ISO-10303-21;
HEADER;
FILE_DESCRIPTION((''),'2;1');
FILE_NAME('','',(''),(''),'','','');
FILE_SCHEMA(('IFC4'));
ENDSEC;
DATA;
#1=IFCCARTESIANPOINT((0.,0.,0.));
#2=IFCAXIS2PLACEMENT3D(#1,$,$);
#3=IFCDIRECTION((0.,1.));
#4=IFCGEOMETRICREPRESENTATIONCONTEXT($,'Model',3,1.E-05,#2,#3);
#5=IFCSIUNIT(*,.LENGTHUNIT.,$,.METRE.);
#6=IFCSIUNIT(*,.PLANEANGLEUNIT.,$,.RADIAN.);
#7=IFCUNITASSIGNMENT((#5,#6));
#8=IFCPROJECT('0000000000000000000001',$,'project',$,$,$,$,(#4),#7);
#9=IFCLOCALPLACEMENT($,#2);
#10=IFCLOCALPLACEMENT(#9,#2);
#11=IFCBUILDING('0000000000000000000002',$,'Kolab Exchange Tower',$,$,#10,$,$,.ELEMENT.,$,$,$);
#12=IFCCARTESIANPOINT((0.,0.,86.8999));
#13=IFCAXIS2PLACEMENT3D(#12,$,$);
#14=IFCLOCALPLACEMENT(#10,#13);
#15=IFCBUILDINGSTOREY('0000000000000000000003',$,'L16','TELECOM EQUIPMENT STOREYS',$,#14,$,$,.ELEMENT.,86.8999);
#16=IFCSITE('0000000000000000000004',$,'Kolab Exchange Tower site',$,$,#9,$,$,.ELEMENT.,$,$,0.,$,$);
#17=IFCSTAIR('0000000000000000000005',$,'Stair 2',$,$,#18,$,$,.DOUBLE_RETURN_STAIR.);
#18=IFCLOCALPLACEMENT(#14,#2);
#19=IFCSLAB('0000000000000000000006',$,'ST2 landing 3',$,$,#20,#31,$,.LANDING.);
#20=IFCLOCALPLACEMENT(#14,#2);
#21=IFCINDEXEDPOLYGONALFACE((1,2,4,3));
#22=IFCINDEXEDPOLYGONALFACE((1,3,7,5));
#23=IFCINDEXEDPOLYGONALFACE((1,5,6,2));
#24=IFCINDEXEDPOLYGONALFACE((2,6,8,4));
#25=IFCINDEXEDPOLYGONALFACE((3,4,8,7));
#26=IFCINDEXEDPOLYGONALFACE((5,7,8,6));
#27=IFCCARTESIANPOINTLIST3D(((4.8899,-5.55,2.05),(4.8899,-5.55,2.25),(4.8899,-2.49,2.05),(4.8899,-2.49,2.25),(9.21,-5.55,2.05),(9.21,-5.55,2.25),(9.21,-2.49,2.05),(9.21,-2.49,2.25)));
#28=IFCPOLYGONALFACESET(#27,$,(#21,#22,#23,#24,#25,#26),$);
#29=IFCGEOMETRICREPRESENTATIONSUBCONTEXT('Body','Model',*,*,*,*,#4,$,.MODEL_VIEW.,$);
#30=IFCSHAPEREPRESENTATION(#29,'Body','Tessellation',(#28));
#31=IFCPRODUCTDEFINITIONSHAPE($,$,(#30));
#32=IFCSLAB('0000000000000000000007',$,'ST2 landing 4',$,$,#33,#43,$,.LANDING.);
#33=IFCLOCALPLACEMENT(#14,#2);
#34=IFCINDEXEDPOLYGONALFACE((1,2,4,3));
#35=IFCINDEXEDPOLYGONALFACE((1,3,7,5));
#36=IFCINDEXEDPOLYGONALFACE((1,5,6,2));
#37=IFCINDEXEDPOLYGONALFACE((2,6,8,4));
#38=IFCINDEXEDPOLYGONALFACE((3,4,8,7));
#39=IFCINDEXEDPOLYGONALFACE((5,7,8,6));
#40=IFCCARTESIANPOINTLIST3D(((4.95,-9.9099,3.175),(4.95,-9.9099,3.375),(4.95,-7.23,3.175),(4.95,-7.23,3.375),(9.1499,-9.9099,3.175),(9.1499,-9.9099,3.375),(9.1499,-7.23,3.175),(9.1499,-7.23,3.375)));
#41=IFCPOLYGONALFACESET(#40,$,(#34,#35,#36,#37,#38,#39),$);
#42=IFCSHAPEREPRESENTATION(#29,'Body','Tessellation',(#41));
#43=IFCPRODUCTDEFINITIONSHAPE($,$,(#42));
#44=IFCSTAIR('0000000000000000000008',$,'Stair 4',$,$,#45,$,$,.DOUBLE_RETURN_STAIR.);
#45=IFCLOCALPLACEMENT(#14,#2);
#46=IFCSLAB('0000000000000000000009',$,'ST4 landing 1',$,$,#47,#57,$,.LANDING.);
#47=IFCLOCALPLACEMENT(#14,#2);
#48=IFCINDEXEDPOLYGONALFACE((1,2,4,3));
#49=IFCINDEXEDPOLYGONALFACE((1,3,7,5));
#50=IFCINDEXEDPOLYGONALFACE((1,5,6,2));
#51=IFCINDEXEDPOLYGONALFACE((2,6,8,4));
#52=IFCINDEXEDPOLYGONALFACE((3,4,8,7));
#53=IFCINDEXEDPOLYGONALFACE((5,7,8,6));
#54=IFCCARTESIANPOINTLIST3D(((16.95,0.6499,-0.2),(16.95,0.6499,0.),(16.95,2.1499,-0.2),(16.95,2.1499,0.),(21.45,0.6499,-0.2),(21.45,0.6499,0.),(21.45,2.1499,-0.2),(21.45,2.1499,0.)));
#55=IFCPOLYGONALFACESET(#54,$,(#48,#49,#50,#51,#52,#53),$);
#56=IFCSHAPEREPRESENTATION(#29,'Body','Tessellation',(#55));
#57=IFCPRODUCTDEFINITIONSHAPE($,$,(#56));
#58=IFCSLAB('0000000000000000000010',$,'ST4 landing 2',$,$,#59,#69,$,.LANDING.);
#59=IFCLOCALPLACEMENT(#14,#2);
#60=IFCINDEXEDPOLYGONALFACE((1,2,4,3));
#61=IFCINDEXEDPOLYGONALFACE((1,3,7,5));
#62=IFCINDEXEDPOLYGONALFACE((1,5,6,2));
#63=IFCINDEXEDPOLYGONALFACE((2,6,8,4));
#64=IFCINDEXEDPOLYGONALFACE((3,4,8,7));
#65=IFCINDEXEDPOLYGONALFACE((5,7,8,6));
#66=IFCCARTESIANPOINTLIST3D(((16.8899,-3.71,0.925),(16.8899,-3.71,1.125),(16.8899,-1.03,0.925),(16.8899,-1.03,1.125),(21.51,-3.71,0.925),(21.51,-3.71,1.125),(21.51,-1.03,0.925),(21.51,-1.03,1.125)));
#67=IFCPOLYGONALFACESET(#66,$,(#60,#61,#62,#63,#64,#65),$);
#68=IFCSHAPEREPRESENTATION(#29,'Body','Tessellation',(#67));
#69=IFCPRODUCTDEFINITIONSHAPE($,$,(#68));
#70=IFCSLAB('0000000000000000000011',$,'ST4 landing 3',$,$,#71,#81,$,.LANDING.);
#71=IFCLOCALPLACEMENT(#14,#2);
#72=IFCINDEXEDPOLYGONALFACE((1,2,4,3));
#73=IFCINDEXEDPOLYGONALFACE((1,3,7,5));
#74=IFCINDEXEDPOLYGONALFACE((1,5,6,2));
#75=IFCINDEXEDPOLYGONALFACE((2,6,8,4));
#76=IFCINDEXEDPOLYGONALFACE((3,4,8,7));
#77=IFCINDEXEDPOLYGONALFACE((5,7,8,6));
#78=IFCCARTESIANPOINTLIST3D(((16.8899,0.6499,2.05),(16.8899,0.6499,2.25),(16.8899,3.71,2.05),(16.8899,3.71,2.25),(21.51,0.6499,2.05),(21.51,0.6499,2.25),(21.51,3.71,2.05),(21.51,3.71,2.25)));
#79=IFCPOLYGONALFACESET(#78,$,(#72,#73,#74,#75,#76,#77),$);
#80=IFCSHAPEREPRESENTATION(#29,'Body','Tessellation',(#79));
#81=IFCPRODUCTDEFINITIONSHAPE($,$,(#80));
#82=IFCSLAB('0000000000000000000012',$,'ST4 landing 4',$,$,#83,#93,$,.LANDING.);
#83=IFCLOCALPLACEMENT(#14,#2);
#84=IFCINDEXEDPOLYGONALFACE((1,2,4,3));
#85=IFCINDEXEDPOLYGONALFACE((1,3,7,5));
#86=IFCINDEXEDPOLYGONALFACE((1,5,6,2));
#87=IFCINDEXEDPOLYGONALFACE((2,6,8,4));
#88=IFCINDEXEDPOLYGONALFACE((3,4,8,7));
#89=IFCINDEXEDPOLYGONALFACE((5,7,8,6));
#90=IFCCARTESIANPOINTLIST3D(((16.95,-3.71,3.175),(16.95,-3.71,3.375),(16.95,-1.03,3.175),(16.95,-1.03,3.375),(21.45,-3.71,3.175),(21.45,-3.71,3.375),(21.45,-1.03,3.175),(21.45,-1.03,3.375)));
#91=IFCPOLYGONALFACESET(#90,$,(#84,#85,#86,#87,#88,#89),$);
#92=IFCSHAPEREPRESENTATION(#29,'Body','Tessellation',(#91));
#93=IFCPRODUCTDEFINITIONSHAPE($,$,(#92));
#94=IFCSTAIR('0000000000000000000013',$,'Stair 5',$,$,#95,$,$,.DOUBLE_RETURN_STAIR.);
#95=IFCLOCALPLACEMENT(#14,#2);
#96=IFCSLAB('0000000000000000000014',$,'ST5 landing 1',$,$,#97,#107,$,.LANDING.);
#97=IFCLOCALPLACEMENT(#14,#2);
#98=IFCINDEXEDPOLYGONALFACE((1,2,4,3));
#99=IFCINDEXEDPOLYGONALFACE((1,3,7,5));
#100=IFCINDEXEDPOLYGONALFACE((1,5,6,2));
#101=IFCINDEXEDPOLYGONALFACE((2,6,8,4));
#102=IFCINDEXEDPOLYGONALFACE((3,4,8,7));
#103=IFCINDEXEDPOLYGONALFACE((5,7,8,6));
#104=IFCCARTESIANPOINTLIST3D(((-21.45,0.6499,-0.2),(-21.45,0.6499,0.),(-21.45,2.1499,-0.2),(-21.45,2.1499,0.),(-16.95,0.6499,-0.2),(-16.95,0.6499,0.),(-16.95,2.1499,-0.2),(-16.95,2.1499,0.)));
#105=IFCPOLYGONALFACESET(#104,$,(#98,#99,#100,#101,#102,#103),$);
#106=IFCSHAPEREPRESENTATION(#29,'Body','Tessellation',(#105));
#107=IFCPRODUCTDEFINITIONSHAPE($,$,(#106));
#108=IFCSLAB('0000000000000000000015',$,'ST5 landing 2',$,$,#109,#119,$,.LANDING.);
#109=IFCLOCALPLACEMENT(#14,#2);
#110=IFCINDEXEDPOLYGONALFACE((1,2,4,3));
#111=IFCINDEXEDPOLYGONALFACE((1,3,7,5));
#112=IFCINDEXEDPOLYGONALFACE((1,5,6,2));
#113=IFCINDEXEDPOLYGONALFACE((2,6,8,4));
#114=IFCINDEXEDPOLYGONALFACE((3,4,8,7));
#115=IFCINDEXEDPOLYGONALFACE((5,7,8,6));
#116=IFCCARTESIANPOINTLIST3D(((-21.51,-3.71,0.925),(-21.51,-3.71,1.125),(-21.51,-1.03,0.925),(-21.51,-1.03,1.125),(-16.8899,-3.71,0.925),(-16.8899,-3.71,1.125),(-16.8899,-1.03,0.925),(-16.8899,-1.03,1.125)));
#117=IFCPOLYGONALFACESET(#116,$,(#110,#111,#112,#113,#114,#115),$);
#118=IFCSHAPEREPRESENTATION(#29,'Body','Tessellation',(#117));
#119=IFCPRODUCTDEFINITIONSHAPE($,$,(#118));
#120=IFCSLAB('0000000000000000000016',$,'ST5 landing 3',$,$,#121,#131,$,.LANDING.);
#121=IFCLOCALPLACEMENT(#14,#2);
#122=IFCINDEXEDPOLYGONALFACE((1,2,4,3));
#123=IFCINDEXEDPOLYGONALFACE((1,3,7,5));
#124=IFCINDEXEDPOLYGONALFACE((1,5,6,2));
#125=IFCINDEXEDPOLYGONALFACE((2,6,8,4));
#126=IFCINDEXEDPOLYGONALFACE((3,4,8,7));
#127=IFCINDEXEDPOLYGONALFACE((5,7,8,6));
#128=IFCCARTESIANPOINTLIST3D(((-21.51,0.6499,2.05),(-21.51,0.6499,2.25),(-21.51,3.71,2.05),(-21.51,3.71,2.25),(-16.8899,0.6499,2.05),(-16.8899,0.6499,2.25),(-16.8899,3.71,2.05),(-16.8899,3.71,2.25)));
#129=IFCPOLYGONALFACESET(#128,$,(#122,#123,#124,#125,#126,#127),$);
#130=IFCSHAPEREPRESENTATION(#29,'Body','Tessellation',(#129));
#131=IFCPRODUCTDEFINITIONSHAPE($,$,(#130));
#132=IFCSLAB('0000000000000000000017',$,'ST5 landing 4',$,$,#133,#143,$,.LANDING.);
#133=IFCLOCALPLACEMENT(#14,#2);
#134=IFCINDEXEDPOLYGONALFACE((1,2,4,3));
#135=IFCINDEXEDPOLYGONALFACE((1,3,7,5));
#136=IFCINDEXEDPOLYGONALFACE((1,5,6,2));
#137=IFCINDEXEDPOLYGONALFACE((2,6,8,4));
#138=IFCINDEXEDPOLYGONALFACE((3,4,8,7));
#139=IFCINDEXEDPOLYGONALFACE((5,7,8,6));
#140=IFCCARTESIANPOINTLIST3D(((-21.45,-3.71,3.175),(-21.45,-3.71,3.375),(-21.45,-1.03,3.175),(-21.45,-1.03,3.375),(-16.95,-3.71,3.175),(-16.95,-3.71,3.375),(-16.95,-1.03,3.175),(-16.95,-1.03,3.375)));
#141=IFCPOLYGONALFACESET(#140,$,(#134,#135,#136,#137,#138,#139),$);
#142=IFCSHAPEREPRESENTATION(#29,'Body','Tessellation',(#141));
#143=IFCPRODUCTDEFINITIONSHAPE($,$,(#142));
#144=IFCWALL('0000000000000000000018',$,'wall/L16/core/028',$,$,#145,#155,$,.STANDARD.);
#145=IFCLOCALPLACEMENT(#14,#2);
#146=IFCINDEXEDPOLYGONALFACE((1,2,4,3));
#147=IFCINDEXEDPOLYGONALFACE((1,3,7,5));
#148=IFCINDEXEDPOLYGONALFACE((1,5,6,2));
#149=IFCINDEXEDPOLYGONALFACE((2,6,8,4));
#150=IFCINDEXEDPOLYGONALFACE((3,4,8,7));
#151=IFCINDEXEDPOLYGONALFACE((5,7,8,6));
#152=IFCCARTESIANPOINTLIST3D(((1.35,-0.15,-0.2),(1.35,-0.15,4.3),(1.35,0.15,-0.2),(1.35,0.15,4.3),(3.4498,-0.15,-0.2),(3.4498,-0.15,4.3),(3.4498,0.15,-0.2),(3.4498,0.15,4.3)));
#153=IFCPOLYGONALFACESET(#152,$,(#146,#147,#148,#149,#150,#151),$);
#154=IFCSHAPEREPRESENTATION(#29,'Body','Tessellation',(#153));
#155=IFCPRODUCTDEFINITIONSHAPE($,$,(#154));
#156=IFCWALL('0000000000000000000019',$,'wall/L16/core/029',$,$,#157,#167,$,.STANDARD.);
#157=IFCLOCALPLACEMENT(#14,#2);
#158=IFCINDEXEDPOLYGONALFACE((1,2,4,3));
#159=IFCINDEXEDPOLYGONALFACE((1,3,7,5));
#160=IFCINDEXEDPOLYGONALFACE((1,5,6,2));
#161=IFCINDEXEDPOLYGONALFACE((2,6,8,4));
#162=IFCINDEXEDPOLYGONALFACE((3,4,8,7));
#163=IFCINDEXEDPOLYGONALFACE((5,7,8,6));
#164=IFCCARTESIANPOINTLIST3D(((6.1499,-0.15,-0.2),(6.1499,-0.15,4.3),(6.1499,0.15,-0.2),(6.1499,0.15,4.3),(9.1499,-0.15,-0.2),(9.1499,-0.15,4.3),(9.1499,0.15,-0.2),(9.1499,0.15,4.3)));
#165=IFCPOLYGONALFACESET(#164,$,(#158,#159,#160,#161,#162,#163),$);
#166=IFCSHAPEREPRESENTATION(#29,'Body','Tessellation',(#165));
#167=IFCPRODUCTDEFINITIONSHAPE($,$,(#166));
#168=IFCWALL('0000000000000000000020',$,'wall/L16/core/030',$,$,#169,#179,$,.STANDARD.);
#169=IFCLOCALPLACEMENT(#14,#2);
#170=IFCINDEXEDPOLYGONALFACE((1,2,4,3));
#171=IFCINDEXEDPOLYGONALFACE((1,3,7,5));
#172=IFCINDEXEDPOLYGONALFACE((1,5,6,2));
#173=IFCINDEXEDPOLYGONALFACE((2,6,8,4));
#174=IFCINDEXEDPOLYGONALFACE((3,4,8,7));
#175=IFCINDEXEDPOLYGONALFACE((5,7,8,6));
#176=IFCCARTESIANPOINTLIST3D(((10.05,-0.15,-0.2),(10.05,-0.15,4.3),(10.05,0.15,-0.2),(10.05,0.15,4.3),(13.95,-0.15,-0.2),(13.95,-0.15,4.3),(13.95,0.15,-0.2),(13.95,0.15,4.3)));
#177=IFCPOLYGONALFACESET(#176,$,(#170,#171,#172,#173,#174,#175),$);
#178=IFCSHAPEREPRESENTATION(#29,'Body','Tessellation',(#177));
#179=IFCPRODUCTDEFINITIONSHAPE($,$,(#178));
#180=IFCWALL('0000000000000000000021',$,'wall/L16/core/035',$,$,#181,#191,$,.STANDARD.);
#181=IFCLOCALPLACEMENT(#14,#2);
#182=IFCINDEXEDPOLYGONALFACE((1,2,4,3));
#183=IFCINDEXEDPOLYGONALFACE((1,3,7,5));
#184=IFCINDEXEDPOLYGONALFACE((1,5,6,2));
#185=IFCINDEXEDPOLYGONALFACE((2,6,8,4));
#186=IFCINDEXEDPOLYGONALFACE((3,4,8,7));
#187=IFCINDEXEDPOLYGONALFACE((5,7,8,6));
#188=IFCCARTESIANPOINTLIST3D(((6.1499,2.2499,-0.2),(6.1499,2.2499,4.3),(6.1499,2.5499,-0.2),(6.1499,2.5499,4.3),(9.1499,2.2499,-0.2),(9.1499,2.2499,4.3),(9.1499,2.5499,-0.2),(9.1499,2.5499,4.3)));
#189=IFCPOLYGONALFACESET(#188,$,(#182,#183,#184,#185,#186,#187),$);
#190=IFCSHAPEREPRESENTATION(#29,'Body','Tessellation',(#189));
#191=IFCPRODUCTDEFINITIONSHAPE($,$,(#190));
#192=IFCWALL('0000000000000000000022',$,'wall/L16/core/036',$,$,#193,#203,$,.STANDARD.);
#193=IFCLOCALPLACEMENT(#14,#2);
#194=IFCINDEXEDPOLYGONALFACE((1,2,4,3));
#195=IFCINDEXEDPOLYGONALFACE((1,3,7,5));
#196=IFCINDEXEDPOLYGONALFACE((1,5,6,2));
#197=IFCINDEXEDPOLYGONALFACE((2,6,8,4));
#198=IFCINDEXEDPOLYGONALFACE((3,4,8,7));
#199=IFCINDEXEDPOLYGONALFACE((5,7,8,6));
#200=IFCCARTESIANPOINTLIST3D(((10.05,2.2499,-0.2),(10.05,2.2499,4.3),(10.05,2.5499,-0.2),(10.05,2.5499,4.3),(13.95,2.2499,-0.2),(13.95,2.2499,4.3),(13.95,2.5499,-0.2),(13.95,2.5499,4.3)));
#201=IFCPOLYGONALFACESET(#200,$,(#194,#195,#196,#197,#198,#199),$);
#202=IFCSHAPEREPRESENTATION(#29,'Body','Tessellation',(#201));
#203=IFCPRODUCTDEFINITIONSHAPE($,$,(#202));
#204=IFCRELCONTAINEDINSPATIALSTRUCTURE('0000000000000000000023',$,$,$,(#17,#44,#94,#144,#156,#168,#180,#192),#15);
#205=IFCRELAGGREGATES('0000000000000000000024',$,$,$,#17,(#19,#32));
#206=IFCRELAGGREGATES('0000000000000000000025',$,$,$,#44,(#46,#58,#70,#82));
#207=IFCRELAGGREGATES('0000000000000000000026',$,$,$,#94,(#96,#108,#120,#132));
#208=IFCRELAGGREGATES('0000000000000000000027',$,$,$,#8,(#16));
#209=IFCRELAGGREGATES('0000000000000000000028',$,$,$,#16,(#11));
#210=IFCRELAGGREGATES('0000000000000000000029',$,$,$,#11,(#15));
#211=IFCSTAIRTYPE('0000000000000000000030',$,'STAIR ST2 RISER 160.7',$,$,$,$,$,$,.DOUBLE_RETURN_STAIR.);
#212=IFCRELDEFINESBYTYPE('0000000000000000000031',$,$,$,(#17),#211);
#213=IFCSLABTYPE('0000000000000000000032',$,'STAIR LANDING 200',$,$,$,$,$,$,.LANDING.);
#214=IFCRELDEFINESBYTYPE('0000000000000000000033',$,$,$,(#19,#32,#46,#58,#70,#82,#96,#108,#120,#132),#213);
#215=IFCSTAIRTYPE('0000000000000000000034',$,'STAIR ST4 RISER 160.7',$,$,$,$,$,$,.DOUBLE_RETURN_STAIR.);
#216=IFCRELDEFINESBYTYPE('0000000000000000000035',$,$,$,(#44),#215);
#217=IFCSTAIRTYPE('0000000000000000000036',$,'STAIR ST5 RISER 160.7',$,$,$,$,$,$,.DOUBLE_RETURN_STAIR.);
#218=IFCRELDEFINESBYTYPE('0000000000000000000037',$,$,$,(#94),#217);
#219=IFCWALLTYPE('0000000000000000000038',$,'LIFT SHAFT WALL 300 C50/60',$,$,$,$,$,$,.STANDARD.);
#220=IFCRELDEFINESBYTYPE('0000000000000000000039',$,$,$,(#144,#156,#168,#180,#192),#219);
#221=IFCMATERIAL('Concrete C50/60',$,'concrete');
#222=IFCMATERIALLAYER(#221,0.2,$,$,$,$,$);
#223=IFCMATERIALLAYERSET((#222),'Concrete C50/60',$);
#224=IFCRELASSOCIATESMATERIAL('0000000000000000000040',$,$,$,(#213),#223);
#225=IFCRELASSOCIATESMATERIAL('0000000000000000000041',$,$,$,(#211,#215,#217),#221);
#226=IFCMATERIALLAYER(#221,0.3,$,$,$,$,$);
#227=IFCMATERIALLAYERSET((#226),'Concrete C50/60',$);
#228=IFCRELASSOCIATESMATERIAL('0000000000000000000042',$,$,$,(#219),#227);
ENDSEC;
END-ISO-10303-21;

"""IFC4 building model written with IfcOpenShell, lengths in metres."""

from ifc_helpers import new_model, si_unit, direction, frame, frame_2d, origin, place, context, subcontext, project, spatial, polyline, rectangle, outline, extrude, material, layer, layer_set, type_object, element, aggregate, save


model = new_model("IFC4")

# Units and contexts
model_context = context("Model", 3, precision=1e-05, world=origin(), true_north=direction((0.0, 1.0)))
body_context = subcontext(model_context, "Body", "Model", "MODEL_VIEW")
ifc_project = project(units=[si_unit("LENGTHUNIT", "METRE"), si_unit("PLANEANGLEUNIT", "RADIAN")], contexts=[model_context])

# Site, building, storey
site_placement = place(None, origin())
site = spatial("IfcSite", under=ifc_project, at=site_placement, Name="Kolab Exchange Tower site", CompositionType="ELEMENT", RefElevation=0.0)
building_placement = place(site_placement, origin())
building = spatial("IfcBuilding", under=site, at=building_placement, Name="Kolab Exchange Tower", CompositionType="ELEMENT")
storey_placement = place(building_placement, frame((0.0, 0.0, 86.8999)))
storey = spatial("IfcBuildingStorey", under=building, at=storey_placement, Name="L16", Description="TELECOM EQUIPMENT STOREYS", CompositionType="ELEMENT", Elevation=86.8999)

# Stairs, slabs
ifc_material_1 = material(Name="Concrete C50/60", Category="concrete")
ifc_layer_1 = layer(ifc_material_1, 0.2)
ifc_layer_set_1 = layer_set([ifc_layer_1], Name="Concrete C50/60")
slab_type_1 = type_object("IfcSlabType", Name="STAIR LANDING 200", PredefinedType="LANDING", material=ifc_layer_set_1)
stair_type_1 = type_object("IfcStairType", Name="STAIR ST2 RISER 160.7", PredefinedType="DOUBLE_RETURN_STAIR", material=ifc_material_1)
stair_1_placement = place(storey_placement, origin())
stair_1 = element("IfcStair", 1, at=stair_1_placement, inside=storey, type_object=stair_type_1, Name="Stair 2", PredefinedType="DOUBLE_RETURN_STAIR")
slab_1_placement = place(storey_placement, frame((0.0, 0.0, 2.05)))
slab_1 = element("IfcSlab", 2, at=slab_1_placement, type_object=slab_type_1, Name="ST2 landing 3", PredefinedType="LANDING", context=body_context, shape_type="SweptSolid", body=[
    extrude(outline(polyline([(4.8899, -5.55), (9.21, -5.55), (9.21, -2.49), (4.8899, -2.49), (4.8899, -5.55)])), origin(), (0.0, 0.0, 1.0), 0.2),
])
slab_2_placement = place(storey_placement, frame((0.0, 0.0, 3.175)))
slab_2 = element("IfcSlab", 3, at=slab_2_placement, type_object=slab_type_1, Name="ST2 landing 4", PredefinedType="LANDING", context=body_context, shape_type="SweptSolid", body=[
    extrude(outline(polyline([(4.95, -9.9099), (9.1499, -9.9099), (9.1499, -7.23), (4.95, -7.23), (4.95, -9.9099)])), origin(), (0.0, 0.0, 1.0), 0.2),
])
aggregate(stair_1, [slab_1, slab_2])
stair_type_2 = type_object("IfcStairType", Name="STAIR ST4 RISER 160.7", PredefinedType="DOUBLE_RETURN_STAIR", material=ifc_material_1)
stair_2_placement = place(storey_placement, origin())
stair_2 = element("IfcStair", 4, at=stair_2_placement, inside=storey, type_object=stair_type_2, Name="Stair 4", PredefinedType="DOUBLE_RETURN_STAIR")
slab_3_placement = place(storey_placement, frame((0.0, 0.0, -0.2)))
slab_3 = element("IfcSlab", 5, at=slab_3_placement, type_object=slab_type_1, Name="ST4 landing 1", PredefinedType="LANDING", context=body_context, shape_type="SweptSolid", body=[
    extrude(outline(polyline([(16.95, 0.6499), (21.45, 0.6499), (21.45, 2.1499), (16.95, 2.1499), (16.95, 0.6499)])), origin(), (0.0, 0.0, 1.0), 0.2),
])
slab_4_placement = place(storey_placement, frame((0.0, 0.0, 0.925)))
slab_4 = element("IfcSlab", 6, at=slab_4_placement, type_object=slab_type_1, Name="ST4 landing 2", PredefinedType="LANDING", context=body_context, shape_type="SweptSolid", body=[
    extrude(outline(polyline([(16.8899, -3.71), (21.51, -3.71), (21.51, -1.03), (16.8899, -1.03), (16.8899, -3.71)])), origin(), (0.0, 0.0, 1.0), 0.2),
])
slab_5_placement = place(storey_placement, frame((0.0, 0.0, 2.05)))
slab_5 = element("IfcSlab", 7, at=slab_5_placement, type_object=slab_type_1, Name="ST4 landing 3", PredefinedType="LANDING", context=body_context, shape_type="SweptSolid", body=[
    extrude(outline(polyline([(16.8899, 0.6499), (21.51, 0.6499), (21.51, 3.71), (16.8899, 3.71), (16.8899, 0.6499)])), origin(), (0.0, 0.0, 1.0), 0.2),
])
slab_6_placement = place(storey_placement, frame((0.0, 0.0, 3.175)))
slab_6 = element("IfcSlab", 8, at=slab_6_placement, type_object=slab_type_1, Name="ST4 landing 4", PredefinedType="LANDING", context=body_context, shape_type="SweptSolid", body=[
    extrude(outline(polyline([(16.95, -3.71), (21.45, -3.71), (21.45, -1.03), (16.95, -1.03), (16.95, -3.71)])), origin(), (0.0, 0.0, 1.0), 0.2),
])
aggregate(stair_2, [slab_3, slab_4, slab_5, slab_6])
stair_type_3 = type_object("IfcStairType", Name="STAIR ST5 RISER 160.7", PredefinedType="DOUBLE_RETURN_STAIR", material=ifc_material_1)
stair_3_placement = place(storey_placement, origin())
stair_3 = element("IfcStair", 9, at=stair_3_placement, inside=storey, type_object=stair_type_3, Name="Stair 5", PredefinedType="DOUBLE_RETURN_STAIR")
slab_7_placement = place(storey_placement, frame((0.0, 0.0, -0.2)))
slab_7 = element("IfcSlab", 10, at=slab_7_placement, type_object=slab_type_1, Name="ST5 landing 1", PredefinedType="LANDING", context=body_context, shape_type="SweptSolid", body=[
    extrude(outline(polyline([(-21.45, 0.6499), (-16.95, 0.6499), (-16.95, 2.1499), (-21.45, 2.1499), (-21.45, 0.6499)])), origin(), (0.0, 0.0, 1.0), 0.2),
])
slab_8_placement = place(storey_placement, frame((0.0, 0.0, 0.925)))
slab_8 = element("IfcSlab", 11, at=slab_8_placement, type_object=slab_type_1, Name="ST5 landing 2", PredefinedType="LANDING", context=body_context, shape_type="SweptSolid", body=[
    extrude(outline(polyline([(-21.51, -3.71), (-16.8899, -3.71), (-16.8899, -1.03), (-21.51, -1.03), (-21.51, -3.71)])), origin(), (0.0, 0.0, 1.0), 0.2),
])
slab_9_placement = place(storey_placement, frame((0.0, 0.0, 2.05)))
slab_9 = element("IfcSlab", 12, at=slab_9_placement, type_object=slab_type_1, Name="ST5 landing 3", PredefinedType="LANDING", context=body_context, shape_type="SweptSolid", body=[
    extrude(outline(polyline([(-21.51, 0.6499), (-16.8899, 0.6499), (-16.8899, 3.71), (-21.51, 3.71), (-21.51, 0.6499)])), origin(), (0.0, 0.0, 1.0), 0.2),
])
slab_10_placement = place(storey_placement, frame((0.0, 0.0, 3.175)))
slab_10 = element("IfcSlab", 13, at=slab_10_placement, type_object=slab_type_1, Name="ST5 landing 4", PredefinedType="LANDING", context=body_context, shape_type="SweptSolid", body=[
    extrude(outline(polyline([(-21.45, -3.71), (-16.95, -3.71), (-16.95, -1.03), (-21.45, -1.03), (-21.45, -3.71)])), origin(), (0.0, 0.0, 1.0), 0.2),
])
aggregate(stair_3, [slab_7, slab_8, slab_9, slab_10])

# Walls
ifc_layer_2 = layer(ifc_material_1, 0.3)
ifc_layer_set_2 = layer_set([ifc_layer_2], Name="Concrete C50/60")
wall_type = type_object("IfcWallType", Name="LIFT SHAFT WALL 300 C50/60", PredefinedType="STANDARD", material=ifc_layer_set_2)
wall_1_placement = place(storey_placement, frame((1.3501, 0.0, -0.2), z_axis=(0.0, 0.0, 1.0), x_axis=(1.0, 0.0, 0.0)))
element("IfcWall", 14, at=wall_1_placement, inside=storey, type_object=wall_type, Name="wall/L16/core/028", PredefinedType="STANDARD", context=body_context, shape_type="SweptSolid", body=[
    extrude(rectangle(XDim=2.0999, YDim=0.3, at=frame_2d((1.0498, 0.0))), origin(), (0.0, 0.0, 1.0), 4.5),
])
wall_2_placement = place(storey_placement, frame((6.1499, 0.0, -0.2), z_axis=(0.0, 0.0, 1.0), x_axis=(1.0, 0.0, 0.0)))
element("IfcWall", 15, at=wall_2_placement, inside=storey, type_object=wall_type, Name="wall/L16/core/029", PredefinedType="STANDARD", context=body_context, shape_type="SweptSolid", body=[
    extrude(rectangle(XDim=3.0, YDim=0.3, at=frame_2d((1.5, 0.0))), origin(), (0.0, 0.0, 1.0), 4.5),
])
wall_3_placement = place(storey_placement, frame((10.05, 0.0, -0.2), z_axis=(0.0, 0.0, 1.0), x_axis=(1.0, 0.0, 0.0)))
element("IfcWall", 16, at=wall_3_placement, inside=storey, type_object=wall_type, Name="wall/L16/core/030", PredefinedType="STANDARD", context=body_context, shape_type="SweptSolid", body=[
    extrude(rectangle(XDim=3.8999, YDim=0.3, at=frame_2d((1.95, 0.0))), origin(), (0.0, 0.0, 1.0), 4.5),
])
wall_4_placement = place(storey_placement, frame((6.1499, 2.3999, -0.2), z_axis=(0.0, 0.0, 1.0), x_axis=(1.0, 0.0, 0.0)))
element("IfcWall", 17, at=wall_4_placement, inside=storey, type_object=wall_type, Name="wall/L16/core/035", PredefinedType="STANDARD", context=body_context, shape_type="SweptSolid", body=[
    extrude(rectangle(XDim=3.0, YDim=0.3, at=frame_2d((1.5, 0.0))), origin(), (0.0, 0.0, 1.0), 4.5),
])
wall_5_placement = place(storey_placement, frame((10.05, 2.3999, -0.2), z_axis=(0.0, 0.0, 1.0), x_axis=(1.0, 0.0, 0.0)))
element("IfcWall", 18, at=wall_5_placement, inside=storey, type_object=wall_type, Name="wall/L16/core/036", PredefinedType="STANDARD", context=body_context, shape_type="SweptSolid", body=[
    extrude(rectangle(XDim=3.8999, YDim=0.3, at=frame_2d((1.95, 0.0))), origin(), (0.0, 0.0, 1.0), 4.5),
])

save(model, "model.ifc")
